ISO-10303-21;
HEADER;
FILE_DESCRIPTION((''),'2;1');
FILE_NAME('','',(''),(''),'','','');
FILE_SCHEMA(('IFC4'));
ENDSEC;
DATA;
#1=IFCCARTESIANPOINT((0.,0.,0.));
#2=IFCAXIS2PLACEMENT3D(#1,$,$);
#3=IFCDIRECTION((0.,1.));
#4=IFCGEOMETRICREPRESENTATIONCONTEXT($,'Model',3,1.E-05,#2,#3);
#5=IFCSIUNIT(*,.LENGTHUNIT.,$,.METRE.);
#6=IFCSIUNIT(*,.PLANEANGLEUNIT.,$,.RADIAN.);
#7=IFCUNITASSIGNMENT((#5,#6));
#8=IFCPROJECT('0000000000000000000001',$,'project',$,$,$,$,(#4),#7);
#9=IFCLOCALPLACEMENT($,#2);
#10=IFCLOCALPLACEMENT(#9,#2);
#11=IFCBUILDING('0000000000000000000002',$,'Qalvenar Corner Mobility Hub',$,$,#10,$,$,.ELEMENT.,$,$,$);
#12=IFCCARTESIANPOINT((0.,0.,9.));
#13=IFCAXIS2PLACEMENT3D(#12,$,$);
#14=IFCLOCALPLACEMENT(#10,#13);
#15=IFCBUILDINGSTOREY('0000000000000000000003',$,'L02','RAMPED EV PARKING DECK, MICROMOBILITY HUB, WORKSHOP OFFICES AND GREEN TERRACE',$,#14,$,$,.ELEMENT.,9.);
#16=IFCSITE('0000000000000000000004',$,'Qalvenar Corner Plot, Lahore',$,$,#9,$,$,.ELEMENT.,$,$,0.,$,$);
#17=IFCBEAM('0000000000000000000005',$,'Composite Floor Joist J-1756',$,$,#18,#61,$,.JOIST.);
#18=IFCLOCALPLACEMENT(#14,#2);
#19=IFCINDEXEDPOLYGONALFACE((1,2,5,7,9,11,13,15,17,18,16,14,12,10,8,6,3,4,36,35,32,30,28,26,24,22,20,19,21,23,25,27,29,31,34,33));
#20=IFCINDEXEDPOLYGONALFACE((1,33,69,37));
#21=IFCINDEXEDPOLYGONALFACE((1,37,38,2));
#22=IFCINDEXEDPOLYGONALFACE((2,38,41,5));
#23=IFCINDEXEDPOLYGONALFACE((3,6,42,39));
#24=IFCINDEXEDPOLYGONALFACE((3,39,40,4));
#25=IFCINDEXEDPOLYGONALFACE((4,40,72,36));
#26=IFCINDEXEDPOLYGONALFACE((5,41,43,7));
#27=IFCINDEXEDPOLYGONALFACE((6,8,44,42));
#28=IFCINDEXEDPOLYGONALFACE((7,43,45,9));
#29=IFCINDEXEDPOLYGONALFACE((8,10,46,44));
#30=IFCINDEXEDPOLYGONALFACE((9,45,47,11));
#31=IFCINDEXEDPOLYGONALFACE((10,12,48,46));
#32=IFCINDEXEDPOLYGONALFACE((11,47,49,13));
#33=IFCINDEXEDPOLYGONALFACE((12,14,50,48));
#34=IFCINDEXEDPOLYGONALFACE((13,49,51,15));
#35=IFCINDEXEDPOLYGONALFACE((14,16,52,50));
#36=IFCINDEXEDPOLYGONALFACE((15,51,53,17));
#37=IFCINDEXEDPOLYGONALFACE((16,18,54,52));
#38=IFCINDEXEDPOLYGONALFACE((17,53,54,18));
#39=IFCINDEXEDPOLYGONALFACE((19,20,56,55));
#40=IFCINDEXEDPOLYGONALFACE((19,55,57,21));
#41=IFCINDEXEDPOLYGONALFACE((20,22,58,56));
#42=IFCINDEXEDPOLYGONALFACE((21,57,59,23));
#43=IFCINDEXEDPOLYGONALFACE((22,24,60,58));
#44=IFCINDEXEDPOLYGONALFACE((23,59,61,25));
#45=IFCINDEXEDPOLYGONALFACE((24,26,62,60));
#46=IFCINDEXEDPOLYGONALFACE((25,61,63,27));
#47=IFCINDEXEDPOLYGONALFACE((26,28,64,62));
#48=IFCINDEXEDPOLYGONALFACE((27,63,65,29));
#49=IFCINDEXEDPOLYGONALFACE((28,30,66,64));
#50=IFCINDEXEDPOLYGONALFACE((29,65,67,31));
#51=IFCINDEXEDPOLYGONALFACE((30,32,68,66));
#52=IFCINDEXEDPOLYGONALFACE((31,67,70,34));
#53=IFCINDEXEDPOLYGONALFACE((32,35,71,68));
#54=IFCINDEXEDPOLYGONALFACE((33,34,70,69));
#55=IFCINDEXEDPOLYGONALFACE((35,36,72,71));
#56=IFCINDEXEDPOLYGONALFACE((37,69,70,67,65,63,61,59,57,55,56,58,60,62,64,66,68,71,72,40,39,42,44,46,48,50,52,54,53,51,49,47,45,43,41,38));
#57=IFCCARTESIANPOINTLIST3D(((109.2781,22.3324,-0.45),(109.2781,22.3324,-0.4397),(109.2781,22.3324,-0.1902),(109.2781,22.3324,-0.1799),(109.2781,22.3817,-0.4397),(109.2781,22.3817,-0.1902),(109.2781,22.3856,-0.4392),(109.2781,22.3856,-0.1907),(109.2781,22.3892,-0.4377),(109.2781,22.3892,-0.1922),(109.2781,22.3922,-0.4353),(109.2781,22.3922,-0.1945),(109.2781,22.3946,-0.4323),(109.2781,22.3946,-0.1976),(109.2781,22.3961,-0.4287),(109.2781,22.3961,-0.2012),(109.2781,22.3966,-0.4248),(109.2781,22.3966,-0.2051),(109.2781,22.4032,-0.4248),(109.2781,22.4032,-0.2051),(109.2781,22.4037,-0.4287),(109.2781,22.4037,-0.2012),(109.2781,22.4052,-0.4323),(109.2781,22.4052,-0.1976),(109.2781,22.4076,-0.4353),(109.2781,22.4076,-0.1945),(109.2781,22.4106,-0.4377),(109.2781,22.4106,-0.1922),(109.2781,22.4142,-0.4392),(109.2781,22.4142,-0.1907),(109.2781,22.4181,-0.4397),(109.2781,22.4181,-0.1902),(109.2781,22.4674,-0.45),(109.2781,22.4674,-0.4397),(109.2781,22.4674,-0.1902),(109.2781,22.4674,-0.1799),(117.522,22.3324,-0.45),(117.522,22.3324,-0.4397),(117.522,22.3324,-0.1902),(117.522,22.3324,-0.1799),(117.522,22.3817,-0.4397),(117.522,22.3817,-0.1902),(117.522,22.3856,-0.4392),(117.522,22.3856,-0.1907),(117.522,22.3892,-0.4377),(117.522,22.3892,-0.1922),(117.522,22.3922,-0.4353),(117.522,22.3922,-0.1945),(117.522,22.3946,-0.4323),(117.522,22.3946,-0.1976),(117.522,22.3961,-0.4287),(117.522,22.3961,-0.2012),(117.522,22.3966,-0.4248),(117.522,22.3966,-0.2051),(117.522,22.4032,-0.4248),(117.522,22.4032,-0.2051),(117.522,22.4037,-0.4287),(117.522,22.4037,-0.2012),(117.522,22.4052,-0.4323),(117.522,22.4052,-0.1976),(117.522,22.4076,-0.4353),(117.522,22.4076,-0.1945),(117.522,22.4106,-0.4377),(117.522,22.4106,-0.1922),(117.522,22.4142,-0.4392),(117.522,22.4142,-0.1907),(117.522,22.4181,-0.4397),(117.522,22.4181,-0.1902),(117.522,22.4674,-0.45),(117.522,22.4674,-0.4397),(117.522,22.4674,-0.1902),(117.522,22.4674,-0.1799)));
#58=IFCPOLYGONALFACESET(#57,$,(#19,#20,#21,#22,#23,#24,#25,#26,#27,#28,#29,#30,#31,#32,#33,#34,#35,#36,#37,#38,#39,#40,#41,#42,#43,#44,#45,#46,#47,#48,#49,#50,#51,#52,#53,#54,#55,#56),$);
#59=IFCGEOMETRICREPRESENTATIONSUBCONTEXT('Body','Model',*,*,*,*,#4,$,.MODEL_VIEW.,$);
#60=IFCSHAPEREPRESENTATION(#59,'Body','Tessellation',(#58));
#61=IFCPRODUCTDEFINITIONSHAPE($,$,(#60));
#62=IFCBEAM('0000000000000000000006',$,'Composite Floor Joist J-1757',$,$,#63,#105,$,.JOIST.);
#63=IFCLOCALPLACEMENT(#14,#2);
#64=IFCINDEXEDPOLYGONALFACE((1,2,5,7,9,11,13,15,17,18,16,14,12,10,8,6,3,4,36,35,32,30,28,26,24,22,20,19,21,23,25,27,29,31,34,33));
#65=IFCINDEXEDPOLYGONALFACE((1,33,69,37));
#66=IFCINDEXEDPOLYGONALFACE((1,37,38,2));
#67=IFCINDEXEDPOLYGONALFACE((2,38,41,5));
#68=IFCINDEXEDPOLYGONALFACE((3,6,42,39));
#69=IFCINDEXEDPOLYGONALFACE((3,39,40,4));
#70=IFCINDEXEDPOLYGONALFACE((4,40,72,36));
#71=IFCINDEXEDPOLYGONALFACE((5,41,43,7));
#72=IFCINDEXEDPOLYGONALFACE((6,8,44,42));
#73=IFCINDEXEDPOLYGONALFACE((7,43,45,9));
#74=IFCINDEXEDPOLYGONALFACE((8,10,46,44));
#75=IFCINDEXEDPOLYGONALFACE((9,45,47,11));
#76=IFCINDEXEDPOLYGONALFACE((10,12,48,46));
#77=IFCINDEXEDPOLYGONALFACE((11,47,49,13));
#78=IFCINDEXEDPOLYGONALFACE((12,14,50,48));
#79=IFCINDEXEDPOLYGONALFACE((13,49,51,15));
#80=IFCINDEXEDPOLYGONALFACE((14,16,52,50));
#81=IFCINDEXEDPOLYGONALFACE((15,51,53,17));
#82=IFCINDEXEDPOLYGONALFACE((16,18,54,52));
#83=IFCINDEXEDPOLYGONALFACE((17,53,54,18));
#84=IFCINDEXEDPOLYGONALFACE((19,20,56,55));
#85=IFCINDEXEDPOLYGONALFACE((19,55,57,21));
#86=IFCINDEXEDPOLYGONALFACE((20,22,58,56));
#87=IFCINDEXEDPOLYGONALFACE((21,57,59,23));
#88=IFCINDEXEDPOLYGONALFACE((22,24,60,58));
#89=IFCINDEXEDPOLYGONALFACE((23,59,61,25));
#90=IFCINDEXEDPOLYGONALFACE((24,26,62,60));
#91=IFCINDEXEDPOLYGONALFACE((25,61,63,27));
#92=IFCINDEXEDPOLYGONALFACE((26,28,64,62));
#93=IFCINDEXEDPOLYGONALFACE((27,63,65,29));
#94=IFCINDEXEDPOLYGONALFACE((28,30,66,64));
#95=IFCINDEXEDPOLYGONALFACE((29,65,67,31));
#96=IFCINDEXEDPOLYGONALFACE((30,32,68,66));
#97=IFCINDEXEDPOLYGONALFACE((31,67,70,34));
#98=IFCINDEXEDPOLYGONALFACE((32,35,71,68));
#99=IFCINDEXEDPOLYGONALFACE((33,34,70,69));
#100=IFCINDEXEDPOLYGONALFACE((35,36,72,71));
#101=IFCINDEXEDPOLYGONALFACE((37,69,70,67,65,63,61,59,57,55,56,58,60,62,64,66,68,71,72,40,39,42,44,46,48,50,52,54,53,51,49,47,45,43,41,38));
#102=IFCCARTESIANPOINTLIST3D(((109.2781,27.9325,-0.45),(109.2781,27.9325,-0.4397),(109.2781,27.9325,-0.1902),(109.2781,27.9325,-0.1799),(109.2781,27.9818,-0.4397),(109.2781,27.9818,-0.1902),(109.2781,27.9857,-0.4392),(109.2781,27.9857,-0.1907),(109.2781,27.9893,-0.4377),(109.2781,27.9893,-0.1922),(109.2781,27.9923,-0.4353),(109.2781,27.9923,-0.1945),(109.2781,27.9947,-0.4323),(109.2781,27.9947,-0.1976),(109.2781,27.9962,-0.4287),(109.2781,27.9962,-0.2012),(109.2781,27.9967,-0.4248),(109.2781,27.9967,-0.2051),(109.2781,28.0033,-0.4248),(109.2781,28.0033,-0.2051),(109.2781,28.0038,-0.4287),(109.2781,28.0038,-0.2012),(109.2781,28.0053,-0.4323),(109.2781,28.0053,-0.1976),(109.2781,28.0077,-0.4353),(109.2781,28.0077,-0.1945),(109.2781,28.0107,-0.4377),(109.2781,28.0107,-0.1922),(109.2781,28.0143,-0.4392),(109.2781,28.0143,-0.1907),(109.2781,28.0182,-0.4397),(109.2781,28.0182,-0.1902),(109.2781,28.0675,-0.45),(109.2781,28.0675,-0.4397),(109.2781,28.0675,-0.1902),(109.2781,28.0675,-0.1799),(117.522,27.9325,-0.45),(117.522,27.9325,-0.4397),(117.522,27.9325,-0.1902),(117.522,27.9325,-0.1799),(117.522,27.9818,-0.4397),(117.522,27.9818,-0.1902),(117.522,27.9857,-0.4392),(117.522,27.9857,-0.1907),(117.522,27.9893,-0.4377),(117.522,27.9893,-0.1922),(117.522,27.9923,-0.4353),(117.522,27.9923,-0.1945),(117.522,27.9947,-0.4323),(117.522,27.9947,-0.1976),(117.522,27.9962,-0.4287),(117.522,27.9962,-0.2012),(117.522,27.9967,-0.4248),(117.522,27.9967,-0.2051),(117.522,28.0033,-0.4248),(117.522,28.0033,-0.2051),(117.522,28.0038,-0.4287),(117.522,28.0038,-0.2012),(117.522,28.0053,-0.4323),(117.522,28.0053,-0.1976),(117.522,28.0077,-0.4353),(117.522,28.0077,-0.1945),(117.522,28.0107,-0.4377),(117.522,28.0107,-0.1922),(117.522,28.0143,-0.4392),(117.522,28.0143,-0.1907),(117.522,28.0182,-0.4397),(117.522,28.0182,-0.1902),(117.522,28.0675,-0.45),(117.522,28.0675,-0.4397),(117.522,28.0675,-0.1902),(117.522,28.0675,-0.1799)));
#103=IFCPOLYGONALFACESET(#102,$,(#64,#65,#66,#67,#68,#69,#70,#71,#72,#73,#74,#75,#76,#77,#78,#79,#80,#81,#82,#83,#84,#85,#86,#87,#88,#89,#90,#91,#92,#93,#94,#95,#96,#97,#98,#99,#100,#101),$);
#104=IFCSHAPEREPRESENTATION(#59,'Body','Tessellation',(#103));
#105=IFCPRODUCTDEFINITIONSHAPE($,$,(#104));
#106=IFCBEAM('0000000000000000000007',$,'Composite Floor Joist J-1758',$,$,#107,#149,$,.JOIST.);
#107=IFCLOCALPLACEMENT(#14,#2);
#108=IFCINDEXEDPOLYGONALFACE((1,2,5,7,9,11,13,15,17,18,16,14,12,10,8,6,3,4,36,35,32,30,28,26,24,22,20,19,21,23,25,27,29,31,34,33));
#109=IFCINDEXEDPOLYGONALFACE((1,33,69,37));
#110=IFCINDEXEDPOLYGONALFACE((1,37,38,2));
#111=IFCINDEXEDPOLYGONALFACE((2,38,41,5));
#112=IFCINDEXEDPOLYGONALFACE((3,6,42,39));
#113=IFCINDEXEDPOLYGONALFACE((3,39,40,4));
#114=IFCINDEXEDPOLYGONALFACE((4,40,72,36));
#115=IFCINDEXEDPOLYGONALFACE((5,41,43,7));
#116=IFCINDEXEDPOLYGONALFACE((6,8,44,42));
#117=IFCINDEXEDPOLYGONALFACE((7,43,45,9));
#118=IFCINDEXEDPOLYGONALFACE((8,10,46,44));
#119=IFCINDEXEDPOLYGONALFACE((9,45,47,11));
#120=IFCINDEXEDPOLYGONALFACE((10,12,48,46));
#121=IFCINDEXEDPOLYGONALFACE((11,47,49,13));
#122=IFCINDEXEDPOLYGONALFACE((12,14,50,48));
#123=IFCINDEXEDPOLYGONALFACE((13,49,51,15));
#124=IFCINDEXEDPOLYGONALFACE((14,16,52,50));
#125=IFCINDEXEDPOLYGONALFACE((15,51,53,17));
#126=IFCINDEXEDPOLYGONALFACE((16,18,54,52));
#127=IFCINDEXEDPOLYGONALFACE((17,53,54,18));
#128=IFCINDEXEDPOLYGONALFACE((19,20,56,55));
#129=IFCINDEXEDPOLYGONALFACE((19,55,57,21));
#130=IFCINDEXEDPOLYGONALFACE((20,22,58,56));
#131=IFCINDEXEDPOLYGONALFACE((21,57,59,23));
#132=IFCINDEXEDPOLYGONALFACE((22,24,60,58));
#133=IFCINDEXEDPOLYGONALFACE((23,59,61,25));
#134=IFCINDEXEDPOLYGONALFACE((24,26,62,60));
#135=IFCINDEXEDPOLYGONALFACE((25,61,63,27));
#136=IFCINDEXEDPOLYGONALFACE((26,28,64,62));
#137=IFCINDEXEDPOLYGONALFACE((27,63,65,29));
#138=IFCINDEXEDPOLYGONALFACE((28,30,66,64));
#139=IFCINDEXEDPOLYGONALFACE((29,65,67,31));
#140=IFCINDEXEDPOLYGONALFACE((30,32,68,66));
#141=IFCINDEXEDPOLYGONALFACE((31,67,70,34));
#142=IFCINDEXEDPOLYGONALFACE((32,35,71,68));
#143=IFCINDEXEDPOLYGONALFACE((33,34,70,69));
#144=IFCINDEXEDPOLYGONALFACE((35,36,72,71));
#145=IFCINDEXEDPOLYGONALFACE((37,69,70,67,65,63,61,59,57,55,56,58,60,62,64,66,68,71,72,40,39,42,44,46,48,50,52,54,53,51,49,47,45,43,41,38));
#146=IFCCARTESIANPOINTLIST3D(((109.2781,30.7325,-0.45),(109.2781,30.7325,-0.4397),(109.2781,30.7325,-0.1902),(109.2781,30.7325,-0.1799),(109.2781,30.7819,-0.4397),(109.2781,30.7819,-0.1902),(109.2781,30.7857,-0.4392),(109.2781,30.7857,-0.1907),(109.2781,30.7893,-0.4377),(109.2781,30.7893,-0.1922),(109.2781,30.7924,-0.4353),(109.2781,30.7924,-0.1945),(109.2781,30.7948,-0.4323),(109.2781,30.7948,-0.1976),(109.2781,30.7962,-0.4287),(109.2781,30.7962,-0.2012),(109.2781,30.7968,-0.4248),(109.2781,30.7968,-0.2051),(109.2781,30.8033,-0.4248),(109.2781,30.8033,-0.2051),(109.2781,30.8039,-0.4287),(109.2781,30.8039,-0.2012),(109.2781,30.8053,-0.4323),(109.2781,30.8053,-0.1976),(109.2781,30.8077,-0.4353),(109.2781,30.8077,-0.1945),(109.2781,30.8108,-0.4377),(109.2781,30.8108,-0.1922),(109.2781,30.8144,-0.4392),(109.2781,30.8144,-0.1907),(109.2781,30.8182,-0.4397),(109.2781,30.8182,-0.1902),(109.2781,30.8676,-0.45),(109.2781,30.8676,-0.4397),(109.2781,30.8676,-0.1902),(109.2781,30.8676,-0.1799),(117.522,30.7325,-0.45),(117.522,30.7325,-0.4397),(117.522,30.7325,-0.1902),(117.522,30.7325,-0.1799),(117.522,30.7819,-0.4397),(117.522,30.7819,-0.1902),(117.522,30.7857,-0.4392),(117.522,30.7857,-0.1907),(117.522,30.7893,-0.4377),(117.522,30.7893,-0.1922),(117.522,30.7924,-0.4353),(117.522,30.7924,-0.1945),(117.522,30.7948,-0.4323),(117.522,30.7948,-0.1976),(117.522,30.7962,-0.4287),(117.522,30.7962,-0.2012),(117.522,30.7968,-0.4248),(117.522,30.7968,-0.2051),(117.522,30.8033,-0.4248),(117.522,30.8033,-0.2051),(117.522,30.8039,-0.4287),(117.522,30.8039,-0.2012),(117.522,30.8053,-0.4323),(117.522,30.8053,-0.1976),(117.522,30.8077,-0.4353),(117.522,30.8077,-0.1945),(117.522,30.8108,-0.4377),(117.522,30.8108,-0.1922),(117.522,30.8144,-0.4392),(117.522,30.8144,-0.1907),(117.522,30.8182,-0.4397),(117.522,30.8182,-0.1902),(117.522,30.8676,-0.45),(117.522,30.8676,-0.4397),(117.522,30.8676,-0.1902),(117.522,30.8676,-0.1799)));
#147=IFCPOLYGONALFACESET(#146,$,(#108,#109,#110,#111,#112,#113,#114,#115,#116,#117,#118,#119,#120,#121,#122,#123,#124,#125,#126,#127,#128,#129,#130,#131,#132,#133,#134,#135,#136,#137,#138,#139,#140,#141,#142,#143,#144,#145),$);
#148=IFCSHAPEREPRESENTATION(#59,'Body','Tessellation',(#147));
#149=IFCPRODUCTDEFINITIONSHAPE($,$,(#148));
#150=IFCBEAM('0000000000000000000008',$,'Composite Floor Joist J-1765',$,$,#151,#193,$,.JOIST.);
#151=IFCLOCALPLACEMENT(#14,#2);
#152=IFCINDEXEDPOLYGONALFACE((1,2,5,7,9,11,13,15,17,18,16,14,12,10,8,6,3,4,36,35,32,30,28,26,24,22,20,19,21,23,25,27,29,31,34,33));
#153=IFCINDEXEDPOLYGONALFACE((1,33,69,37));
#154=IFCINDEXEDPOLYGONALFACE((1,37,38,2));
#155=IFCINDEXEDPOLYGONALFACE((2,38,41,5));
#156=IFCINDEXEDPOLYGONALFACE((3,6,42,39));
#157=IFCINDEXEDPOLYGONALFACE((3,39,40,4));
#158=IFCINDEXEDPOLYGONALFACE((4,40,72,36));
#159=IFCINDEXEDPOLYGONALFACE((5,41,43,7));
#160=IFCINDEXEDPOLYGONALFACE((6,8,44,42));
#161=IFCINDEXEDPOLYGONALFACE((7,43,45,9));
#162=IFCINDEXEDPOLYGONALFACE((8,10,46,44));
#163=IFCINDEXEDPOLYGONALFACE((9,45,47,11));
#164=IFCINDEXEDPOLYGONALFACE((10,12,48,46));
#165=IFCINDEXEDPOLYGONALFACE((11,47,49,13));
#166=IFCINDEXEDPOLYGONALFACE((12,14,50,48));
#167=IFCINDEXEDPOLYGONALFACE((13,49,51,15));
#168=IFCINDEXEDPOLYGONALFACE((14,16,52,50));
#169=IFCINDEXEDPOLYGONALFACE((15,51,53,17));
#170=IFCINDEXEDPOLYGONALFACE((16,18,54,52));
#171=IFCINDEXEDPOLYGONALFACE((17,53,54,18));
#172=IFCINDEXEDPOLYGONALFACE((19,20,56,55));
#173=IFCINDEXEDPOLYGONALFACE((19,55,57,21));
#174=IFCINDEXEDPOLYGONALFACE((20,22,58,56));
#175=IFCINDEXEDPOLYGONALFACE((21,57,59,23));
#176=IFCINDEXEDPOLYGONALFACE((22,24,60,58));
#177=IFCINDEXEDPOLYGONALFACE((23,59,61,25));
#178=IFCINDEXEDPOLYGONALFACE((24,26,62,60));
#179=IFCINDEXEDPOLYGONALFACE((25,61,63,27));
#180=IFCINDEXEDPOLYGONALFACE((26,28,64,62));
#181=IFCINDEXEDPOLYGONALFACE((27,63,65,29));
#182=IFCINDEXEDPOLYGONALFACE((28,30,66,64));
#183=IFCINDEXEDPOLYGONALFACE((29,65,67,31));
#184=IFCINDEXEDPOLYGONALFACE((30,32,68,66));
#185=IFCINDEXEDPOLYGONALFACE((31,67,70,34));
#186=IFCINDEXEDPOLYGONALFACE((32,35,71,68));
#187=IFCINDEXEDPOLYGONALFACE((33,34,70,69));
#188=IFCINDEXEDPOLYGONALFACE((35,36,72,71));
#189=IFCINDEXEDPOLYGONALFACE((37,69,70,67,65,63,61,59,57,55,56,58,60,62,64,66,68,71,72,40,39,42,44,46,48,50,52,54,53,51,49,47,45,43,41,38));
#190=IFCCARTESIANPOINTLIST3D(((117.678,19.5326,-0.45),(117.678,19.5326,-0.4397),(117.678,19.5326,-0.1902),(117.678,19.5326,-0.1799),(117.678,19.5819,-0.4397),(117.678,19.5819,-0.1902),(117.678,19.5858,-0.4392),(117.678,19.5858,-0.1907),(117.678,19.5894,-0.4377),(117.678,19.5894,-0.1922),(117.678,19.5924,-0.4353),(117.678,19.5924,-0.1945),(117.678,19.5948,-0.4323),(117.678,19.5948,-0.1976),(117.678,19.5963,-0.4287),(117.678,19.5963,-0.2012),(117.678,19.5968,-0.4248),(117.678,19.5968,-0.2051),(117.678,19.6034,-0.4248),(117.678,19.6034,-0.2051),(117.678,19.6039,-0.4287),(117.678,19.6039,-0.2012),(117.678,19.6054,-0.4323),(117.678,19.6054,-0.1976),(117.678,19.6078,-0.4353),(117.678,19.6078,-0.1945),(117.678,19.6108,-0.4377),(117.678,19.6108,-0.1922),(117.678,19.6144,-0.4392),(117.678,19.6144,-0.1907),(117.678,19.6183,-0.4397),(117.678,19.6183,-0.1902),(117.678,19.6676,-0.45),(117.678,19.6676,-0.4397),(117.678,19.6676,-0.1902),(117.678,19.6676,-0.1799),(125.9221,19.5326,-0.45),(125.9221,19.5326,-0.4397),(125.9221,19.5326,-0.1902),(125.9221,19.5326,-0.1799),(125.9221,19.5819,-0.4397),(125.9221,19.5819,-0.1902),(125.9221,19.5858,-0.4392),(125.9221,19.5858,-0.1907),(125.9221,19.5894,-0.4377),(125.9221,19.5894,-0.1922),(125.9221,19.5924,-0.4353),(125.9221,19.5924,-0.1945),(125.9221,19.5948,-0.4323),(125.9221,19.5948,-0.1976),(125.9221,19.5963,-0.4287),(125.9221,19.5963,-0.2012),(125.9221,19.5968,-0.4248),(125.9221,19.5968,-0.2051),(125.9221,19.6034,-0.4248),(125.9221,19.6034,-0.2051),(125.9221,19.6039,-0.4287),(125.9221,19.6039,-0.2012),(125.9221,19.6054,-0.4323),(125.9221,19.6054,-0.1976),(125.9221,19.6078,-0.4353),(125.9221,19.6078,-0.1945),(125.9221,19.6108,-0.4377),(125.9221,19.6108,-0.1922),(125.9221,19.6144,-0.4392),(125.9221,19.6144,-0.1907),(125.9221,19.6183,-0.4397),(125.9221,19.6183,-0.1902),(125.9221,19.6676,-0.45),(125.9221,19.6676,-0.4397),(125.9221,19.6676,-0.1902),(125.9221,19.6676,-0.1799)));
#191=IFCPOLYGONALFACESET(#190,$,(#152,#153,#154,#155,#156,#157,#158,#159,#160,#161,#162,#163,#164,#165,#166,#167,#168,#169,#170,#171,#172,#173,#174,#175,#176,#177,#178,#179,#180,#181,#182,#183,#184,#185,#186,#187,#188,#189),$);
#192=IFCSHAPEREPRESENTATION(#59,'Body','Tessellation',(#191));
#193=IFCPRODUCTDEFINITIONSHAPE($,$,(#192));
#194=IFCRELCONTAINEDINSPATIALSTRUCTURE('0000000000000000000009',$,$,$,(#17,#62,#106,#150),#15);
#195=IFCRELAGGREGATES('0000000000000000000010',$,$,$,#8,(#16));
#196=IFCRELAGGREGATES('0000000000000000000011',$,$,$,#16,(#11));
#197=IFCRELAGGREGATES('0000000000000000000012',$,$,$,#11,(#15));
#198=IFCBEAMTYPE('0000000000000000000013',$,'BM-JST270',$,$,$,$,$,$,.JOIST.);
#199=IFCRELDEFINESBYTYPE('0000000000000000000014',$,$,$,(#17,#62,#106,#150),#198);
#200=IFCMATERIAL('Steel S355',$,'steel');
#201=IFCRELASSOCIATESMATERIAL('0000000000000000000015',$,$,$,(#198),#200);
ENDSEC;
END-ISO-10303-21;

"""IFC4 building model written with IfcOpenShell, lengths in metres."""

from ifc_helpers import new_model, si_unit, direction, frame, origin, origin_2d, place, context, subcontext, project, spatial, i_section, extrude, material, material_profile, profile_set, type_object, element, save


model = new_model("IFC4")

# Units and contexts
model_context = context("Model", 3, precision=1e-05, world=origin(), true_north=direction((0.0, 1.0)))
body_context = subcontext(model_context, "Body", "Model", "MODEL_VIEW")
ifc_project = project(units=[si_unit("LENGTHUNIT", "METRE"), si_unit("PLANEANGLEUNIT", "RADIAN")], contexts=[model_context])

# Site, building, storey
site_placement = place(None, origin())
site = spatial("IfcSite", under=ifc_project, at=site_placement, Name="Qalvenar Corner Plot, Lahore", CompositionType="ELEMENT", RefElevation=0.0)
building_placement = place(site_placement, origin())
building = spatial("IfcBuilding", under=site, at=building_placement, Name="Qalvenar Corner Mobility Hub", CompositionType="ELEMENT")
storey_placement = place(building_placement, frame((0.0, 0.0, 9.0)))
storey = spatial("IfcBuildingStorey", under=building, at=storey_placement, Name="L02", Description="RAMPED EV PARKING DECK, MICROMOBILITY HUB, WORKSHOP OFFICES AND GREEN TERRACE", CompositionType="ELEMENT", Elevation=9.0)

# Shared definitions
ifc_material_1 = material(Name="Steel S355", Category="steel")

# Beams
ifc_material_profile_1 = material_profile(ifc_material_1, i_section(OverallWidth=0.135, OverallDepth=0.27, WebThickness=0.0066, FlangeThickness=0.0103, FilletRadius=0.0149, at=origin_2d()), Name="IPE270")
ifc_profile_set_1 = profile_set([ifc_material_profile_1], Name="Steel S355")
beam_type_1 = type_object("IfcBeamType", Name="BM-JST270", PredefinedType="JOIST", material=ifc_profile_set_1)
for number, where, z_axis, x_axis, name in (
    (1, (109.2781, 22.3999, -0.3149), (1.0, 0.0, 0.0), (0.0, 1.0, 0.0), "Composite Floor Joist J-1756"),
    (2, (109.2781, 28.0, -0.3149), (1.0, 0.0, 0.0), (0.0, 1.0, 0.0), "Composite Floor Joist J-1757"),
    (3, (109.2781, 30.8, -0.3149), (1.0, 0.0, 0.0), (0.0, 1.0, 0.0), "Composite Floor Joist J-1758"),
):
    element("IfcBeam", number, at=place(storey_placement, frame(where, z_axis=z_axis, x_axis=x_axis)), inside=storey, type_object=beam_type_1, Name=name, PredefinedType="JOIST", context=body_context, shape_type="SweptSolid", body=[
        extrude(i_section(OverallWidth=0.135, OverallDepth=0.27, WebThickness=0.0066, FlangeThickness=0.0103, FilletRadius=0.0149, at=origin_2d()), origin(), (0.0, 0.0, 1.0), 8.2439),
    ])
for number, where, z_axis, x_axis, name in (
    (4, (117.678, 19.6001, -0.3149), (1.0, 0.0, 0.0), (0.0, 1.0, 0.0), "Composite Floor Joist J-1765"),
):
    element("IfcBeam", number, at=place(storey_placement, frame(where, z_axis=z_axis, x_axis=x_axis)), inside=storey, type_object=beam_type_1, Name=name, PredefinedType="JOIST", context=body_context, shape_type="SweptSolid", body=[
        extrude(i_section(OverallWidth=0.135, OverallDepth=0.27, WebThickness=0.0066, FlangeThickness=0.0103, FilletRadius=0.0149, at=origin_2d()), origin(), (0.0, 0.0, 1.0), 8.2441),
    ])

save(model, "model.ifc")
